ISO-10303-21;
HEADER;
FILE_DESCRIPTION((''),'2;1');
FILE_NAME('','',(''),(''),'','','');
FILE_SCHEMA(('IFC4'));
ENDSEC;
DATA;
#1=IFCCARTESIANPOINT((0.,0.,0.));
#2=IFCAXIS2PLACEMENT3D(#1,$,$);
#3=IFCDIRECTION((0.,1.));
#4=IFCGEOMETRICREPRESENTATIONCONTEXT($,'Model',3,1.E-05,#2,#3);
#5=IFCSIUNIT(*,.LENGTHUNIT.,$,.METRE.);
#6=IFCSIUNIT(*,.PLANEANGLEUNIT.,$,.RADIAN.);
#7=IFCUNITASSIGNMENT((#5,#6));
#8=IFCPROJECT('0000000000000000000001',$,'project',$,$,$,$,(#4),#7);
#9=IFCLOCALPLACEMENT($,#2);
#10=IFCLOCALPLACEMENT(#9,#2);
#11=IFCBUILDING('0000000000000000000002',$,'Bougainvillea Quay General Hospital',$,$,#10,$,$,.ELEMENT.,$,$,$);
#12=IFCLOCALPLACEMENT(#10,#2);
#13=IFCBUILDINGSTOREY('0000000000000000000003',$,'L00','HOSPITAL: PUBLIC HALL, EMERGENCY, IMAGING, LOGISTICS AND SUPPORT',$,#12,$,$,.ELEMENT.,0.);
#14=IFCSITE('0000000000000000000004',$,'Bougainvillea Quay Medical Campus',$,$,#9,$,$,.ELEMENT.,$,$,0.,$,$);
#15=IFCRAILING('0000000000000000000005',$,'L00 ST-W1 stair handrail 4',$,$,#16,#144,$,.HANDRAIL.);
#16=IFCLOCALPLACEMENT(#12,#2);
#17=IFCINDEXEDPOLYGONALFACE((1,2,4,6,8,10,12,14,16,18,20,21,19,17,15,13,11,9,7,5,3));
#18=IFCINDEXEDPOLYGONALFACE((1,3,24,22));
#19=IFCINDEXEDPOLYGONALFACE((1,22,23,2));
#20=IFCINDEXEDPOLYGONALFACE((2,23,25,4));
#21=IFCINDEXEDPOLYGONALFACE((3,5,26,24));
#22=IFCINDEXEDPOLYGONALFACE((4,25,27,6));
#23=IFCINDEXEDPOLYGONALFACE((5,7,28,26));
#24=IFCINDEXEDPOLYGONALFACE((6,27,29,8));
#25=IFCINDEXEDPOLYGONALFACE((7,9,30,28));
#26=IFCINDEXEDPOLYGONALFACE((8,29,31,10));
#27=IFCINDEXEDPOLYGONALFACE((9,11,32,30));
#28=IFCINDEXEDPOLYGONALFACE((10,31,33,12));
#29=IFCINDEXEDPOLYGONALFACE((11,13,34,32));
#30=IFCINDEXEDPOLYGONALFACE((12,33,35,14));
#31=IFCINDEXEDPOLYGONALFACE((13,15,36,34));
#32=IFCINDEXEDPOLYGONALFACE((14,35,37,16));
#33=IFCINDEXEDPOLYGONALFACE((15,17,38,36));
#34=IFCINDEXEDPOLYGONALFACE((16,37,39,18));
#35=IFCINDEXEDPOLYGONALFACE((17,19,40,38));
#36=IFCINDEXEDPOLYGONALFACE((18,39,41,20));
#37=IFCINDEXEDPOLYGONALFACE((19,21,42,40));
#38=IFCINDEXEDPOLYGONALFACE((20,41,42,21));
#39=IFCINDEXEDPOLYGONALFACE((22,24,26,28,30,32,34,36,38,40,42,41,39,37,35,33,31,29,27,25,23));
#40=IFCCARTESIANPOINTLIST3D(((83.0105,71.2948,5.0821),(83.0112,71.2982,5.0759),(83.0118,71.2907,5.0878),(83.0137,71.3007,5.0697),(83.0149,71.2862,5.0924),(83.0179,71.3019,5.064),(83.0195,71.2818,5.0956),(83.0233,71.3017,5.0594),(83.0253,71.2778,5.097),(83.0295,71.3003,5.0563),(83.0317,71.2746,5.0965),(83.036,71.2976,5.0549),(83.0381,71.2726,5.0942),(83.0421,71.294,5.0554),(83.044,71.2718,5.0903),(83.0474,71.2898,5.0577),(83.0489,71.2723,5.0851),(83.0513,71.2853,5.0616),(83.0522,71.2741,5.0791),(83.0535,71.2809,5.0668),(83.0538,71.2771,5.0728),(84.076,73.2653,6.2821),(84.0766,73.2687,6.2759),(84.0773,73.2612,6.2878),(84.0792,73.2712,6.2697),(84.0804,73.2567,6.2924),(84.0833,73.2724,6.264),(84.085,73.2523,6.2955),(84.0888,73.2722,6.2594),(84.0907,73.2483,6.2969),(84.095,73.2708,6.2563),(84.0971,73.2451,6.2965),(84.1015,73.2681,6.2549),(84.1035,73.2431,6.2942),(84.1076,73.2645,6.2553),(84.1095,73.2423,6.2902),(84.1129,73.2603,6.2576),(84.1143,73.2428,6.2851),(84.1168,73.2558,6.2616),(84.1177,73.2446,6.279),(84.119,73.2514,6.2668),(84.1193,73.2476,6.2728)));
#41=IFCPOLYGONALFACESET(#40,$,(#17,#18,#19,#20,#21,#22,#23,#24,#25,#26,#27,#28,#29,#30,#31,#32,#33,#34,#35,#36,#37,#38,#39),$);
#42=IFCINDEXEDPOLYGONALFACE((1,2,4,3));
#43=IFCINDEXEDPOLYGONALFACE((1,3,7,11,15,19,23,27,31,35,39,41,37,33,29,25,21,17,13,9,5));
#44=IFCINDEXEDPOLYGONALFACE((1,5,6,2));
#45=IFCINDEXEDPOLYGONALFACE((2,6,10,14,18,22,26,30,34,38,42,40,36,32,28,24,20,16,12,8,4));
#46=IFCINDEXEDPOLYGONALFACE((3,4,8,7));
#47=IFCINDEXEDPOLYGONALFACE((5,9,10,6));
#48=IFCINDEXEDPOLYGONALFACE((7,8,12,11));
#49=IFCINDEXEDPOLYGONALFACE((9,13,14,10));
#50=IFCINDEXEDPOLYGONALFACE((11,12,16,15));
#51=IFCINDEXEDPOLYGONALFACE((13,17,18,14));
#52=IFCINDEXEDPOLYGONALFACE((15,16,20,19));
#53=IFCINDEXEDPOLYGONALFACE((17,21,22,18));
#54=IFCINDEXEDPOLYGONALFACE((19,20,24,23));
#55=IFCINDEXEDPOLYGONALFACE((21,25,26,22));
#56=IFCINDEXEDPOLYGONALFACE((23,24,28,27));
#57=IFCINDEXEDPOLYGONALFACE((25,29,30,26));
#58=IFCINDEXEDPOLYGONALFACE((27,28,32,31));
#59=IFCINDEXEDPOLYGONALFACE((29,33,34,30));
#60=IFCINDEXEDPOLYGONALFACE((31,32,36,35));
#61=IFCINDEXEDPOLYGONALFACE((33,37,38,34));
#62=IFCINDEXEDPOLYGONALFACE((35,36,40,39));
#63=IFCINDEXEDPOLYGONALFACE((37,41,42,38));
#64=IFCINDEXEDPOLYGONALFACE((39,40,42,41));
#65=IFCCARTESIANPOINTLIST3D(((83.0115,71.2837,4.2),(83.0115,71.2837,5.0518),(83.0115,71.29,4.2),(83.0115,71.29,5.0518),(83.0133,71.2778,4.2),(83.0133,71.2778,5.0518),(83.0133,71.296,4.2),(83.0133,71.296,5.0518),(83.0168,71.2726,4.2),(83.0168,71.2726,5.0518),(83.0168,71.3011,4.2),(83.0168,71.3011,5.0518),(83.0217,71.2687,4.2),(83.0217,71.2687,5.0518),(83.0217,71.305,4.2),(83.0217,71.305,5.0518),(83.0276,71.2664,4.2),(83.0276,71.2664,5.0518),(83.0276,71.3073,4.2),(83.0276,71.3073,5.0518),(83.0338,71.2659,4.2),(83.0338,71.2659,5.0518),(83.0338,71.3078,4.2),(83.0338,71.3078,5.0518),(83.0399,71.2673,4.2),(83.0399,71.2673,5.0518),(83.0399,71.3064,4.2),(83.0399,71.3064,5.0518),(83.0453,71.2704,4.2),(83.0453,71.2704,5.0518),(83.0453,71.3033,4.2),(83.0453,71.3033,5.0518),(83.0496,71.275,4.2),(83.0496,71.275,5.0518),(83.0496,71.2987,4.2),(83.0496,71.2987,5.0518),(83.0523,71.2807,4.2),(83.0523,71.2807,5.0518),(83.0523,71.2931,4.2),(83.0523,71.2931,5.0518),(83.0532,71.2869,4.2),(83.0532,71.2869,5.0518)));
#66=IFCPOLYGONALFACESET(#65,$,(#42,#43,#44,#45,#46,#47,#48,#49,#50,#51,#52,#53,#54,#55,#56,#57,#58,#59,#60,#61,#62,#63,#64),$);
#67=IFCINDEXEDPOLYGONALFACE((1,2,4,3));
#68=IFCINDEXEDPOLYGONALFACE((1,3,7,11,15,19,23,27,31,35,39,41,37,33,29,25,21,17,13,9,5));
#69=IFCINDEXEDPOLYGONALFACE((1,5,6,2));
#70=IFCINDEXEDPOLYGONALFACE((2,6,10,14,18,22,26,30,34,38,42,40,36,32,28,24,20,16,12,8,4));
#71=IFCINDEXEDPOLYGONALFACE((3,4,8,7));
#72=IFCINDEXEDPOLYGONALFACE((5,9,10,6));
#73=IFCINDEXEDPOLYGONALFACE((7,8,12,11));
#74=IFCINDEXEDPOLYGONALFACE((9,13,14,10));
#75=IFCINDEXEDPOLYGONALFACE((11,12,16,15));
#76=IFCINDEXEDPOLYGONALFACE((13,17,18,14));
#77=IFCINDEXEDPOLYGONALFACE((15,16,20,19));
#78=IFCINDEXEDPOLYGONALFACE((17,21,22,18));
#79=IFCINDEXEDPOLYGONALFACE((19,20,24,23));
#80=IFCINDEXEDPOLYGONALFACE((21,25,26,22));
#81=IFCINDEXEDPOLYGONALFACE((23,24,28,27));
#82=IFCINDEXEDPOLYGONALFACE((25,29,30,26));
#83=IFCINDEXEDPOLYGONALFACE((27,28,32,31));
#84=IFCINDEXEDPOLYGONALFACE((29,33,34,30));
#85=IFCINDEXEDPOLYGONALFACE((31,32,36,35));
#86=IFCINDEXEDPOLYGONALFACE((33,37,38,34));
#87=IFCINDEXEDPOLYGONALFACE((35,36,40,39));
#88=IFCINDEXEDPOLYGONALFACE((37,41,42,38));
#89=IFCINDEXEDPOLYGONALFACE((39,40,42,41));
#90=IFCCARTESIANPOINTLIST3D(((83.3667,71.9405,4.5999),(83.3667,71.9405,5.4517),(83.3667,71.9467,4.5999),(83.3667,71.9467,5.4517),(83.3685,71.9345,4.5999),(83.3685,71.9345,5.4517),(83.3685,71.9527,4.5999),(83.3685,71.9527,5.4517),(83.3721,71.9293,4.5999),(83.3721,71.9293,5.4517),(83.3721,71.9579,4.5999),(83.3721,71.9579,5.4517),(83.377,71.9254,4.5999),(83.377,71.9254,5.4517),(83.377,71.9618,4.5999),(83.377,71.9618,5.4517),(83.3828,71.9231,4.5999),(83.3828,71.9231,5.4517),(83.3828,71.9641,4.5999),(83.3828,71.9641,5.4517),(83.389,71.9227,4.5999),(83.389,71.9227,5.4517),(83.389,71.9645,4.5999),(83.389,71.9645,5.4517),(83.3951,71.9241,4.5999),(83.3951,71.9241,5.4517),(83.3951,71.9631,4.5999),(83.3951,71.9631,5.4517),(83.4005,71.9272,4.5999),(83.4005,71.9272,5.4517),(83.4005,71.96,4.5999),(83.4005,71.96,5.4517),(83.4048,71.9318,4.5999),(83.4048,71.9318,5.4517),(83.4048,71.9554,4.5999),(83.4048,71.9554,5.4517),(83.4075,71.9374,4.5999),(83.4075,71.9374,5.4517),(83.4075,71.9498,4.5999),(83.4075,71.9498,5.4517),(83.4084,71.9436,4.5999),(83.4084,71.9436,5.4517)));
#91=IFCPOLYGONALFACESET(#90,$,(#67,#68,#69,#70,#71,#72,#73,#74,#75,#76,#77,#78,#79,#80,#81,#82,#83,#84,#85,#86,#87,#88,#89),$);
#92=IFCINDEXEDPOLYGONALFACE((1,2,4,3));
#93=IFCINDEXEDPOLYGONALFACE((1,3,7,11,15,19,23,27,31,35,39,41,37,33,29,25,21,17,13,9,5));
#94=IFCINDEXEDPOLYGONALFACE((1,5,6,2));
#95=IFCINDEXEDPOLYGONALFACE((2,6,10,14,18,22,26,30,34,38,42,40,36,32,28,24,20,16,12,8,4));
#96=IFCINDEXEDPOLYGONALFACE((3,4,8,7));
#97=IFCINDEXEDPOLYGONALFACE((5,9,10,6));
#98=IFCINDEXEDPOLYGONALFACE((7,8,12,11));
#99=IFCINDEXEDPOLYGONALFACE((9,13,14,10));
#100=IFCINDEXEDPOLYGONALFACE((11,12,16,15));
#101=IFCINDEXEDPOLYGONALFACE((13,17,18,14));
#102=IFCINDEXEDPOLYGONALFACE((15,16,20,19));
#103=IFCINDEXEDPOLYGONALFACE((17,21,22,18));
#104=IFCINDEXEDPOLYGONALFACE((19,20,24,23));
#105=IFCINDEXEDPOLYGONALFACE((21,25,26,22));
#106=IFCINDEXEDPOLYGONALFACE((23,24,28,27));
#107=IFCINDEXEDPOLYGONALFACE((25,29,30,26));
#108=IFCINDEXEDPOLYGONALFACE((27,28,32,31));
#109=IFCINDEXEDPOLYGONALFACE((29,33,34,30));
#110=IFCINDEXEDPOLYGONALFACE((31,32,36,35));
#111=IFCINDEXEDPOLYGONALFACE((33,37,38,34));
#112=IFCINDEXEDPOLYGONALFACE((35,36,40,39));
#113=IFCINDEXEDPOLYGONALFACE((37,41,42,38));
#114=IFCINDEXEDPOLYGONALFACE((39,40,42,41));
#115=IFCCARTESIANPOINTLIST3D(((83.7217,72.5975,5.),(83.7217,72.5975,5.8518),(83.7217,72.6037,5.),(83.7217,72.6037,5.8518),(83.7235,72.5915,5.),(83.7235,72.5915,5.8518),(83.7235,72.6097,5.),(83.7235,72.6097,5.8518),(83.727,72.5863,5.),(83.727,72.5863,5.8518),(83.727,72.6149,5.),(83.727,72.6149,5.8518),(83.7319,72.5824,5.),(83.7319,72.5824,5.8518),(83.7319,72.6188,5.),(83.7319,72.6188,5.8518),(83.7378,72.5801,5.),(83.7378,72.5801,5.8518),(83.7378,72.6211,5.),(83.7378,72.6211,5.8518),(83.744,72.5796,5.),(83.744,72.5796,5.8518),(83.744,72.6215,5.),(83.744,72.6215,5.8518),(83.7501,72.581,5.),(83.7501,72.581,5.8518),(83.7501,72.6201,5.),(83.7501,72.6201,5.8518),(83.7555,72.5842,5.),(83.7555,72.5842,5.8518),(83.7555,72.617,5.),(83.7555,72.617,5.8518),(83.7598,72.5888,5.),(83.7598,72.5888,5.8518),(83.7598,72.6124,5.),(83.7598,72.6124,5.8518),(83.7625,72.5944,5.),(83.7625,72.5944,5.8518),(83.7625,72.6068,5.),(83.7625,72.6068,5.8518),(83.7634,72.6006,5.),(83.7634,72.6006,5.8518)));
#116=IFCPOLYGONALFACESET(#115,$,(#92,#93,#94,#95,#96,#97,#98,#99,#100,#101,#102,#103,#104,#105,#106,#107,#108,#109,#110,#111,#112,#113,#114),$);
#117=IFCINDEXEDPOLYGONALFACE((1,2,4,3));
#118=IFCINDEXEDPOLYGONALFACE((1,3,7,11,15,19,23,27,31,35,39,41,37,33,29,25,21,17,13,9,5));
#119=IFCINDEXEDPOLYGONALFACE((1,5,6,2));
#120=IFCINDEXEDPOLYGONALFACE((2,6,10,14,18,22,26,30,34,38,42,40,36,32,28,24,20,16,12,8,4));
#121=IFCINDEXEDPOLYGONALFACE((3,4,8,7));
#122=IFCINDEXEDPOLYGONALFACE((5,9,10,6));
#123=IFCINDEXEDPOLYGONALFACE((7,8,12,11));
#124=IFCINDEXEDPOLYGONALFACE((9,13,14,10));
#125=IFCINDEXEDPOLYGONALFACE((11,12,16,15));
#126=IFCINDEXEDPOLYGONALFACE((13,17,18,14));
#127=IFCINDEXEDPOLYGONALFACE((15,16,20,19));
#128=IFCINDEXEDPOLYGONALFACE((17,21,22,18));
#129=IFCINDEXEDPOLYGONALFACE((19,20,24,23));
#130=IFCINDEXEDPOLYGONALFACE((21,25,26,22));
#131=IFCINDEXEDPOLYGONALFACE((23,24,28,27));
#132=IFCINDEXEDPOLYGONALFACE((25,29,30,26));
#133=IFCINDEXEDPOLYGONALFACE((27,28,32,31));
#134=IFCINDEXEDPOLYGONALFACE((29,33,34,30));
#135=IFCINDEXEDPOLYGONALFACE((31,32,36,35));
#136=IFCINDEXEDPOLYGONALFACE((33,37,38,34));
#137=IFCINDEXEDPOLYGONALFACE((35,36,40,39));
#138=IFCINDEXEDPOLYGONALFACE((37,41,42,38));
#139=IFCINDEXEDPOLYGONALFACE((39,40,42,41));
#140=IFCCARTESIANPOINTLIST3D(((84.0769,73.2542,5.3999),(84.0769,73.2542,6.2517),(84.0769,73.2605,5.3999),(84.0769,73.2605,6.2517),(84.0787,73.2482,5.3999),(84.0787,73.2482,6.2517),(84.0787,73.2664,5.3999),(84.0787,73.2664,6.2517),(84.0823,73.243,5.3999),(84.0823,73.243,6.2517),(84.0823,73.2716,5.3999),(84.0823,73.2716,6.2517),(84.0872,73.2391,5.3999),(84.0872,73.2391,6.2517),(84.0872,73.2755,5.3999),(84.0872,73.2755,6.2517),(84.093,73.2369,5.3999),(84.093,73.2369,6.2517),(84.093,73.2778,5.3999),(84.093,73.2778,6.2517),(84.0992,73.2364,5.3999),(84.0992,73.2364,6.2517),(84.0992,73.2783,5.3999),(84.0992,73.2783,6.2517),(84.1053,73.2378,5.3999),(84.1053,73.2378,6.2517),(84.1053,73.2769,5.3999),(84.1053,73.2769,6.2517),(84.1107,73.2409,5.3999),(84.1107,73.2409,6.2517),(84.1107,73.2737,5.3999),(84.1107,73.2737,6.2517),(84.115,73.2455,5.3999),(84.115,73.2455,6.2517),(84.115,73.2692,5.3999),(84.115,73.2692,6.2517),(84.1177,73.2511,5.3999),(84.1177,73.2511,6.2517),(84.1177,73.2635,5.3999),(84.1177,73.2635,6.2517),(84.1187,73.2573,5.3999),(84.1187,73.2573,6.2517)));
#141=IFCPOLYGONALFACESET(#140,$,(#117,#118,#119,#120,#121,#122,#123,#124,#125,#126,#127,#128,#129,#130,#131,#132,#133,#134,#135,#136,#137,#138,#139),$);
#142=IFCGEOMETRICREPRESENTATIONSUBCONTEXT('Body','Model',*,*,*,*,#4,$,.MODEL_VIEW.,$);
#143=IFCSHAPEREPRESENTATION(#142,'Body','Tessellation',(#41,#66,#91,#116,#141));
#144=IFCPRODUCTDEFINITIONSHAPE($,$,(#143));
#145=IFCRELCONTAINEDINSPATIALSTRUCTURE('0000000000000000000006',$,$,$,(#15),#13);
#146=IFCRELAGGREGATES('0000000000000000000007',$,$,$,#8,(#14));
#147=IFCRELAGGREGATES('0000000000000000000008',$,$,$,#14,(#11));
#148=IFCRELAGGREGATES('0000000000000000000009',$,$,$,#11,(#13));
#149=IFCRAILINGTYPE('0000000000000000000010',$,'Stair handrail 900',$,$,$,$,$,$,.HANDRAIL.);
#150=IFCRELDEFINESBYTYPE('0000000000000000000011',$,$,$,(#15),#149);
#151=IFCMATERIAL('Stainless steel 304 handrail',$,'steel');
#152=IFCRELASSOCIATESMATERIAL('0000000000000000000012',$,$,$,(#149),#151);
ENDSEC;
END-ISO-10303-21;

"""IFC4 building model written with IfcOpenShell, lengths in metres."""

from ifc_helpers import new_model, si_unit, direction, frame, origin, origin_2d, place, context, subcontext, project, spatial, circle, extrude, material, type_object, element, save


model = new_model("IFC4")

# Units and contexts
model_context = context("Model", 3, precision=1e-05, world=origin(), true_north=direction((0.0, 1.0)))
body_context = subcontext(model_context, "Body", "Model", "MODEL_VIEW")
ifc_project = project(units=[si_unit("LENGTHUNIT", "METRE"), si_unit("PLANEANGLEUNIT", "RADIAN")], contexts=[model_context])

# Site, building, storey
site_placement = place(None, origin())
site = spatial("IfcSite", under=ifc_project, at=site_placement, Name="Bougainvillea Quay Medical Campus", CompositionType="ELEMENT", RefElevation=0.0)
building_placement = place(site_placement, origin())
building = spatial("IfcBuilding", under=site, at=building_placement, Name="Bougainvillea Quay General Hospital", CompositionType="ELEMENT")
storey_placement = place(building_placement, origin())
storey = spatial("IfcBuildingStorey", under=building, at=storey_placement, Name="L00", Description="HOSPITAL: PUBLIC HALL, EMERGENCY, IMAGING, LOGISTICS AND SUPPORT", CompositionType="ELEMENT", Elevation=0.0)

# Railing
ifc_material_1 = material(Name="Stainless steel 304 handrail", Category="steel")
railing_type = type_object("IfcRailingType", Name="Stair handrail 900", PredefinedType="HANDRAIL", material=ifc_material_1)
railing_placement = place(storey_placement, frame((83.0322, 71.2869, 4.2)))
element("IfcRailing", 1, at=railing_placement, inside=storey, type_object=railing_type, Name="L00 ST-W1 stair handrail 4", PredefinedType="HANDRAIL", context=body_context, shape_type="SweptSolid", body=[
    extrude(circle(Radius=0.0239, at=origin_2d()), frame((0.0, 0.0, 0.876), z_axis=(0.419261, 0.775403, 0.472197), x_axis=(-0.879647, 0.475626, 0.0)), (0.0, 0.0, 1.0), 2.5413),
    extrude(circle(Radius=0.021, at=origin_2d()), origin(), (0.0, 0.0, 1.0), 0.8518),
    extrude(circle(Radius=0.021, at=origin_2d()), frame((0.3552, 0.6567, 0.3999)), (0.0, 0.0, 1.0), 0.8518),
    extrude(circle(Radius=0.021, at=origin_2d()), frame((0.7102, 1.3137, 0.8)), (0.0, 0.0, 1.0), 0.8518),
    extrude(circle(Radius=0.021, at=origin_2d()), frame((1.0654, 1.9705, 1.2)), (0.0, 0.0, 1.0), 0.8518),
])

save(model, "model.ifc")
